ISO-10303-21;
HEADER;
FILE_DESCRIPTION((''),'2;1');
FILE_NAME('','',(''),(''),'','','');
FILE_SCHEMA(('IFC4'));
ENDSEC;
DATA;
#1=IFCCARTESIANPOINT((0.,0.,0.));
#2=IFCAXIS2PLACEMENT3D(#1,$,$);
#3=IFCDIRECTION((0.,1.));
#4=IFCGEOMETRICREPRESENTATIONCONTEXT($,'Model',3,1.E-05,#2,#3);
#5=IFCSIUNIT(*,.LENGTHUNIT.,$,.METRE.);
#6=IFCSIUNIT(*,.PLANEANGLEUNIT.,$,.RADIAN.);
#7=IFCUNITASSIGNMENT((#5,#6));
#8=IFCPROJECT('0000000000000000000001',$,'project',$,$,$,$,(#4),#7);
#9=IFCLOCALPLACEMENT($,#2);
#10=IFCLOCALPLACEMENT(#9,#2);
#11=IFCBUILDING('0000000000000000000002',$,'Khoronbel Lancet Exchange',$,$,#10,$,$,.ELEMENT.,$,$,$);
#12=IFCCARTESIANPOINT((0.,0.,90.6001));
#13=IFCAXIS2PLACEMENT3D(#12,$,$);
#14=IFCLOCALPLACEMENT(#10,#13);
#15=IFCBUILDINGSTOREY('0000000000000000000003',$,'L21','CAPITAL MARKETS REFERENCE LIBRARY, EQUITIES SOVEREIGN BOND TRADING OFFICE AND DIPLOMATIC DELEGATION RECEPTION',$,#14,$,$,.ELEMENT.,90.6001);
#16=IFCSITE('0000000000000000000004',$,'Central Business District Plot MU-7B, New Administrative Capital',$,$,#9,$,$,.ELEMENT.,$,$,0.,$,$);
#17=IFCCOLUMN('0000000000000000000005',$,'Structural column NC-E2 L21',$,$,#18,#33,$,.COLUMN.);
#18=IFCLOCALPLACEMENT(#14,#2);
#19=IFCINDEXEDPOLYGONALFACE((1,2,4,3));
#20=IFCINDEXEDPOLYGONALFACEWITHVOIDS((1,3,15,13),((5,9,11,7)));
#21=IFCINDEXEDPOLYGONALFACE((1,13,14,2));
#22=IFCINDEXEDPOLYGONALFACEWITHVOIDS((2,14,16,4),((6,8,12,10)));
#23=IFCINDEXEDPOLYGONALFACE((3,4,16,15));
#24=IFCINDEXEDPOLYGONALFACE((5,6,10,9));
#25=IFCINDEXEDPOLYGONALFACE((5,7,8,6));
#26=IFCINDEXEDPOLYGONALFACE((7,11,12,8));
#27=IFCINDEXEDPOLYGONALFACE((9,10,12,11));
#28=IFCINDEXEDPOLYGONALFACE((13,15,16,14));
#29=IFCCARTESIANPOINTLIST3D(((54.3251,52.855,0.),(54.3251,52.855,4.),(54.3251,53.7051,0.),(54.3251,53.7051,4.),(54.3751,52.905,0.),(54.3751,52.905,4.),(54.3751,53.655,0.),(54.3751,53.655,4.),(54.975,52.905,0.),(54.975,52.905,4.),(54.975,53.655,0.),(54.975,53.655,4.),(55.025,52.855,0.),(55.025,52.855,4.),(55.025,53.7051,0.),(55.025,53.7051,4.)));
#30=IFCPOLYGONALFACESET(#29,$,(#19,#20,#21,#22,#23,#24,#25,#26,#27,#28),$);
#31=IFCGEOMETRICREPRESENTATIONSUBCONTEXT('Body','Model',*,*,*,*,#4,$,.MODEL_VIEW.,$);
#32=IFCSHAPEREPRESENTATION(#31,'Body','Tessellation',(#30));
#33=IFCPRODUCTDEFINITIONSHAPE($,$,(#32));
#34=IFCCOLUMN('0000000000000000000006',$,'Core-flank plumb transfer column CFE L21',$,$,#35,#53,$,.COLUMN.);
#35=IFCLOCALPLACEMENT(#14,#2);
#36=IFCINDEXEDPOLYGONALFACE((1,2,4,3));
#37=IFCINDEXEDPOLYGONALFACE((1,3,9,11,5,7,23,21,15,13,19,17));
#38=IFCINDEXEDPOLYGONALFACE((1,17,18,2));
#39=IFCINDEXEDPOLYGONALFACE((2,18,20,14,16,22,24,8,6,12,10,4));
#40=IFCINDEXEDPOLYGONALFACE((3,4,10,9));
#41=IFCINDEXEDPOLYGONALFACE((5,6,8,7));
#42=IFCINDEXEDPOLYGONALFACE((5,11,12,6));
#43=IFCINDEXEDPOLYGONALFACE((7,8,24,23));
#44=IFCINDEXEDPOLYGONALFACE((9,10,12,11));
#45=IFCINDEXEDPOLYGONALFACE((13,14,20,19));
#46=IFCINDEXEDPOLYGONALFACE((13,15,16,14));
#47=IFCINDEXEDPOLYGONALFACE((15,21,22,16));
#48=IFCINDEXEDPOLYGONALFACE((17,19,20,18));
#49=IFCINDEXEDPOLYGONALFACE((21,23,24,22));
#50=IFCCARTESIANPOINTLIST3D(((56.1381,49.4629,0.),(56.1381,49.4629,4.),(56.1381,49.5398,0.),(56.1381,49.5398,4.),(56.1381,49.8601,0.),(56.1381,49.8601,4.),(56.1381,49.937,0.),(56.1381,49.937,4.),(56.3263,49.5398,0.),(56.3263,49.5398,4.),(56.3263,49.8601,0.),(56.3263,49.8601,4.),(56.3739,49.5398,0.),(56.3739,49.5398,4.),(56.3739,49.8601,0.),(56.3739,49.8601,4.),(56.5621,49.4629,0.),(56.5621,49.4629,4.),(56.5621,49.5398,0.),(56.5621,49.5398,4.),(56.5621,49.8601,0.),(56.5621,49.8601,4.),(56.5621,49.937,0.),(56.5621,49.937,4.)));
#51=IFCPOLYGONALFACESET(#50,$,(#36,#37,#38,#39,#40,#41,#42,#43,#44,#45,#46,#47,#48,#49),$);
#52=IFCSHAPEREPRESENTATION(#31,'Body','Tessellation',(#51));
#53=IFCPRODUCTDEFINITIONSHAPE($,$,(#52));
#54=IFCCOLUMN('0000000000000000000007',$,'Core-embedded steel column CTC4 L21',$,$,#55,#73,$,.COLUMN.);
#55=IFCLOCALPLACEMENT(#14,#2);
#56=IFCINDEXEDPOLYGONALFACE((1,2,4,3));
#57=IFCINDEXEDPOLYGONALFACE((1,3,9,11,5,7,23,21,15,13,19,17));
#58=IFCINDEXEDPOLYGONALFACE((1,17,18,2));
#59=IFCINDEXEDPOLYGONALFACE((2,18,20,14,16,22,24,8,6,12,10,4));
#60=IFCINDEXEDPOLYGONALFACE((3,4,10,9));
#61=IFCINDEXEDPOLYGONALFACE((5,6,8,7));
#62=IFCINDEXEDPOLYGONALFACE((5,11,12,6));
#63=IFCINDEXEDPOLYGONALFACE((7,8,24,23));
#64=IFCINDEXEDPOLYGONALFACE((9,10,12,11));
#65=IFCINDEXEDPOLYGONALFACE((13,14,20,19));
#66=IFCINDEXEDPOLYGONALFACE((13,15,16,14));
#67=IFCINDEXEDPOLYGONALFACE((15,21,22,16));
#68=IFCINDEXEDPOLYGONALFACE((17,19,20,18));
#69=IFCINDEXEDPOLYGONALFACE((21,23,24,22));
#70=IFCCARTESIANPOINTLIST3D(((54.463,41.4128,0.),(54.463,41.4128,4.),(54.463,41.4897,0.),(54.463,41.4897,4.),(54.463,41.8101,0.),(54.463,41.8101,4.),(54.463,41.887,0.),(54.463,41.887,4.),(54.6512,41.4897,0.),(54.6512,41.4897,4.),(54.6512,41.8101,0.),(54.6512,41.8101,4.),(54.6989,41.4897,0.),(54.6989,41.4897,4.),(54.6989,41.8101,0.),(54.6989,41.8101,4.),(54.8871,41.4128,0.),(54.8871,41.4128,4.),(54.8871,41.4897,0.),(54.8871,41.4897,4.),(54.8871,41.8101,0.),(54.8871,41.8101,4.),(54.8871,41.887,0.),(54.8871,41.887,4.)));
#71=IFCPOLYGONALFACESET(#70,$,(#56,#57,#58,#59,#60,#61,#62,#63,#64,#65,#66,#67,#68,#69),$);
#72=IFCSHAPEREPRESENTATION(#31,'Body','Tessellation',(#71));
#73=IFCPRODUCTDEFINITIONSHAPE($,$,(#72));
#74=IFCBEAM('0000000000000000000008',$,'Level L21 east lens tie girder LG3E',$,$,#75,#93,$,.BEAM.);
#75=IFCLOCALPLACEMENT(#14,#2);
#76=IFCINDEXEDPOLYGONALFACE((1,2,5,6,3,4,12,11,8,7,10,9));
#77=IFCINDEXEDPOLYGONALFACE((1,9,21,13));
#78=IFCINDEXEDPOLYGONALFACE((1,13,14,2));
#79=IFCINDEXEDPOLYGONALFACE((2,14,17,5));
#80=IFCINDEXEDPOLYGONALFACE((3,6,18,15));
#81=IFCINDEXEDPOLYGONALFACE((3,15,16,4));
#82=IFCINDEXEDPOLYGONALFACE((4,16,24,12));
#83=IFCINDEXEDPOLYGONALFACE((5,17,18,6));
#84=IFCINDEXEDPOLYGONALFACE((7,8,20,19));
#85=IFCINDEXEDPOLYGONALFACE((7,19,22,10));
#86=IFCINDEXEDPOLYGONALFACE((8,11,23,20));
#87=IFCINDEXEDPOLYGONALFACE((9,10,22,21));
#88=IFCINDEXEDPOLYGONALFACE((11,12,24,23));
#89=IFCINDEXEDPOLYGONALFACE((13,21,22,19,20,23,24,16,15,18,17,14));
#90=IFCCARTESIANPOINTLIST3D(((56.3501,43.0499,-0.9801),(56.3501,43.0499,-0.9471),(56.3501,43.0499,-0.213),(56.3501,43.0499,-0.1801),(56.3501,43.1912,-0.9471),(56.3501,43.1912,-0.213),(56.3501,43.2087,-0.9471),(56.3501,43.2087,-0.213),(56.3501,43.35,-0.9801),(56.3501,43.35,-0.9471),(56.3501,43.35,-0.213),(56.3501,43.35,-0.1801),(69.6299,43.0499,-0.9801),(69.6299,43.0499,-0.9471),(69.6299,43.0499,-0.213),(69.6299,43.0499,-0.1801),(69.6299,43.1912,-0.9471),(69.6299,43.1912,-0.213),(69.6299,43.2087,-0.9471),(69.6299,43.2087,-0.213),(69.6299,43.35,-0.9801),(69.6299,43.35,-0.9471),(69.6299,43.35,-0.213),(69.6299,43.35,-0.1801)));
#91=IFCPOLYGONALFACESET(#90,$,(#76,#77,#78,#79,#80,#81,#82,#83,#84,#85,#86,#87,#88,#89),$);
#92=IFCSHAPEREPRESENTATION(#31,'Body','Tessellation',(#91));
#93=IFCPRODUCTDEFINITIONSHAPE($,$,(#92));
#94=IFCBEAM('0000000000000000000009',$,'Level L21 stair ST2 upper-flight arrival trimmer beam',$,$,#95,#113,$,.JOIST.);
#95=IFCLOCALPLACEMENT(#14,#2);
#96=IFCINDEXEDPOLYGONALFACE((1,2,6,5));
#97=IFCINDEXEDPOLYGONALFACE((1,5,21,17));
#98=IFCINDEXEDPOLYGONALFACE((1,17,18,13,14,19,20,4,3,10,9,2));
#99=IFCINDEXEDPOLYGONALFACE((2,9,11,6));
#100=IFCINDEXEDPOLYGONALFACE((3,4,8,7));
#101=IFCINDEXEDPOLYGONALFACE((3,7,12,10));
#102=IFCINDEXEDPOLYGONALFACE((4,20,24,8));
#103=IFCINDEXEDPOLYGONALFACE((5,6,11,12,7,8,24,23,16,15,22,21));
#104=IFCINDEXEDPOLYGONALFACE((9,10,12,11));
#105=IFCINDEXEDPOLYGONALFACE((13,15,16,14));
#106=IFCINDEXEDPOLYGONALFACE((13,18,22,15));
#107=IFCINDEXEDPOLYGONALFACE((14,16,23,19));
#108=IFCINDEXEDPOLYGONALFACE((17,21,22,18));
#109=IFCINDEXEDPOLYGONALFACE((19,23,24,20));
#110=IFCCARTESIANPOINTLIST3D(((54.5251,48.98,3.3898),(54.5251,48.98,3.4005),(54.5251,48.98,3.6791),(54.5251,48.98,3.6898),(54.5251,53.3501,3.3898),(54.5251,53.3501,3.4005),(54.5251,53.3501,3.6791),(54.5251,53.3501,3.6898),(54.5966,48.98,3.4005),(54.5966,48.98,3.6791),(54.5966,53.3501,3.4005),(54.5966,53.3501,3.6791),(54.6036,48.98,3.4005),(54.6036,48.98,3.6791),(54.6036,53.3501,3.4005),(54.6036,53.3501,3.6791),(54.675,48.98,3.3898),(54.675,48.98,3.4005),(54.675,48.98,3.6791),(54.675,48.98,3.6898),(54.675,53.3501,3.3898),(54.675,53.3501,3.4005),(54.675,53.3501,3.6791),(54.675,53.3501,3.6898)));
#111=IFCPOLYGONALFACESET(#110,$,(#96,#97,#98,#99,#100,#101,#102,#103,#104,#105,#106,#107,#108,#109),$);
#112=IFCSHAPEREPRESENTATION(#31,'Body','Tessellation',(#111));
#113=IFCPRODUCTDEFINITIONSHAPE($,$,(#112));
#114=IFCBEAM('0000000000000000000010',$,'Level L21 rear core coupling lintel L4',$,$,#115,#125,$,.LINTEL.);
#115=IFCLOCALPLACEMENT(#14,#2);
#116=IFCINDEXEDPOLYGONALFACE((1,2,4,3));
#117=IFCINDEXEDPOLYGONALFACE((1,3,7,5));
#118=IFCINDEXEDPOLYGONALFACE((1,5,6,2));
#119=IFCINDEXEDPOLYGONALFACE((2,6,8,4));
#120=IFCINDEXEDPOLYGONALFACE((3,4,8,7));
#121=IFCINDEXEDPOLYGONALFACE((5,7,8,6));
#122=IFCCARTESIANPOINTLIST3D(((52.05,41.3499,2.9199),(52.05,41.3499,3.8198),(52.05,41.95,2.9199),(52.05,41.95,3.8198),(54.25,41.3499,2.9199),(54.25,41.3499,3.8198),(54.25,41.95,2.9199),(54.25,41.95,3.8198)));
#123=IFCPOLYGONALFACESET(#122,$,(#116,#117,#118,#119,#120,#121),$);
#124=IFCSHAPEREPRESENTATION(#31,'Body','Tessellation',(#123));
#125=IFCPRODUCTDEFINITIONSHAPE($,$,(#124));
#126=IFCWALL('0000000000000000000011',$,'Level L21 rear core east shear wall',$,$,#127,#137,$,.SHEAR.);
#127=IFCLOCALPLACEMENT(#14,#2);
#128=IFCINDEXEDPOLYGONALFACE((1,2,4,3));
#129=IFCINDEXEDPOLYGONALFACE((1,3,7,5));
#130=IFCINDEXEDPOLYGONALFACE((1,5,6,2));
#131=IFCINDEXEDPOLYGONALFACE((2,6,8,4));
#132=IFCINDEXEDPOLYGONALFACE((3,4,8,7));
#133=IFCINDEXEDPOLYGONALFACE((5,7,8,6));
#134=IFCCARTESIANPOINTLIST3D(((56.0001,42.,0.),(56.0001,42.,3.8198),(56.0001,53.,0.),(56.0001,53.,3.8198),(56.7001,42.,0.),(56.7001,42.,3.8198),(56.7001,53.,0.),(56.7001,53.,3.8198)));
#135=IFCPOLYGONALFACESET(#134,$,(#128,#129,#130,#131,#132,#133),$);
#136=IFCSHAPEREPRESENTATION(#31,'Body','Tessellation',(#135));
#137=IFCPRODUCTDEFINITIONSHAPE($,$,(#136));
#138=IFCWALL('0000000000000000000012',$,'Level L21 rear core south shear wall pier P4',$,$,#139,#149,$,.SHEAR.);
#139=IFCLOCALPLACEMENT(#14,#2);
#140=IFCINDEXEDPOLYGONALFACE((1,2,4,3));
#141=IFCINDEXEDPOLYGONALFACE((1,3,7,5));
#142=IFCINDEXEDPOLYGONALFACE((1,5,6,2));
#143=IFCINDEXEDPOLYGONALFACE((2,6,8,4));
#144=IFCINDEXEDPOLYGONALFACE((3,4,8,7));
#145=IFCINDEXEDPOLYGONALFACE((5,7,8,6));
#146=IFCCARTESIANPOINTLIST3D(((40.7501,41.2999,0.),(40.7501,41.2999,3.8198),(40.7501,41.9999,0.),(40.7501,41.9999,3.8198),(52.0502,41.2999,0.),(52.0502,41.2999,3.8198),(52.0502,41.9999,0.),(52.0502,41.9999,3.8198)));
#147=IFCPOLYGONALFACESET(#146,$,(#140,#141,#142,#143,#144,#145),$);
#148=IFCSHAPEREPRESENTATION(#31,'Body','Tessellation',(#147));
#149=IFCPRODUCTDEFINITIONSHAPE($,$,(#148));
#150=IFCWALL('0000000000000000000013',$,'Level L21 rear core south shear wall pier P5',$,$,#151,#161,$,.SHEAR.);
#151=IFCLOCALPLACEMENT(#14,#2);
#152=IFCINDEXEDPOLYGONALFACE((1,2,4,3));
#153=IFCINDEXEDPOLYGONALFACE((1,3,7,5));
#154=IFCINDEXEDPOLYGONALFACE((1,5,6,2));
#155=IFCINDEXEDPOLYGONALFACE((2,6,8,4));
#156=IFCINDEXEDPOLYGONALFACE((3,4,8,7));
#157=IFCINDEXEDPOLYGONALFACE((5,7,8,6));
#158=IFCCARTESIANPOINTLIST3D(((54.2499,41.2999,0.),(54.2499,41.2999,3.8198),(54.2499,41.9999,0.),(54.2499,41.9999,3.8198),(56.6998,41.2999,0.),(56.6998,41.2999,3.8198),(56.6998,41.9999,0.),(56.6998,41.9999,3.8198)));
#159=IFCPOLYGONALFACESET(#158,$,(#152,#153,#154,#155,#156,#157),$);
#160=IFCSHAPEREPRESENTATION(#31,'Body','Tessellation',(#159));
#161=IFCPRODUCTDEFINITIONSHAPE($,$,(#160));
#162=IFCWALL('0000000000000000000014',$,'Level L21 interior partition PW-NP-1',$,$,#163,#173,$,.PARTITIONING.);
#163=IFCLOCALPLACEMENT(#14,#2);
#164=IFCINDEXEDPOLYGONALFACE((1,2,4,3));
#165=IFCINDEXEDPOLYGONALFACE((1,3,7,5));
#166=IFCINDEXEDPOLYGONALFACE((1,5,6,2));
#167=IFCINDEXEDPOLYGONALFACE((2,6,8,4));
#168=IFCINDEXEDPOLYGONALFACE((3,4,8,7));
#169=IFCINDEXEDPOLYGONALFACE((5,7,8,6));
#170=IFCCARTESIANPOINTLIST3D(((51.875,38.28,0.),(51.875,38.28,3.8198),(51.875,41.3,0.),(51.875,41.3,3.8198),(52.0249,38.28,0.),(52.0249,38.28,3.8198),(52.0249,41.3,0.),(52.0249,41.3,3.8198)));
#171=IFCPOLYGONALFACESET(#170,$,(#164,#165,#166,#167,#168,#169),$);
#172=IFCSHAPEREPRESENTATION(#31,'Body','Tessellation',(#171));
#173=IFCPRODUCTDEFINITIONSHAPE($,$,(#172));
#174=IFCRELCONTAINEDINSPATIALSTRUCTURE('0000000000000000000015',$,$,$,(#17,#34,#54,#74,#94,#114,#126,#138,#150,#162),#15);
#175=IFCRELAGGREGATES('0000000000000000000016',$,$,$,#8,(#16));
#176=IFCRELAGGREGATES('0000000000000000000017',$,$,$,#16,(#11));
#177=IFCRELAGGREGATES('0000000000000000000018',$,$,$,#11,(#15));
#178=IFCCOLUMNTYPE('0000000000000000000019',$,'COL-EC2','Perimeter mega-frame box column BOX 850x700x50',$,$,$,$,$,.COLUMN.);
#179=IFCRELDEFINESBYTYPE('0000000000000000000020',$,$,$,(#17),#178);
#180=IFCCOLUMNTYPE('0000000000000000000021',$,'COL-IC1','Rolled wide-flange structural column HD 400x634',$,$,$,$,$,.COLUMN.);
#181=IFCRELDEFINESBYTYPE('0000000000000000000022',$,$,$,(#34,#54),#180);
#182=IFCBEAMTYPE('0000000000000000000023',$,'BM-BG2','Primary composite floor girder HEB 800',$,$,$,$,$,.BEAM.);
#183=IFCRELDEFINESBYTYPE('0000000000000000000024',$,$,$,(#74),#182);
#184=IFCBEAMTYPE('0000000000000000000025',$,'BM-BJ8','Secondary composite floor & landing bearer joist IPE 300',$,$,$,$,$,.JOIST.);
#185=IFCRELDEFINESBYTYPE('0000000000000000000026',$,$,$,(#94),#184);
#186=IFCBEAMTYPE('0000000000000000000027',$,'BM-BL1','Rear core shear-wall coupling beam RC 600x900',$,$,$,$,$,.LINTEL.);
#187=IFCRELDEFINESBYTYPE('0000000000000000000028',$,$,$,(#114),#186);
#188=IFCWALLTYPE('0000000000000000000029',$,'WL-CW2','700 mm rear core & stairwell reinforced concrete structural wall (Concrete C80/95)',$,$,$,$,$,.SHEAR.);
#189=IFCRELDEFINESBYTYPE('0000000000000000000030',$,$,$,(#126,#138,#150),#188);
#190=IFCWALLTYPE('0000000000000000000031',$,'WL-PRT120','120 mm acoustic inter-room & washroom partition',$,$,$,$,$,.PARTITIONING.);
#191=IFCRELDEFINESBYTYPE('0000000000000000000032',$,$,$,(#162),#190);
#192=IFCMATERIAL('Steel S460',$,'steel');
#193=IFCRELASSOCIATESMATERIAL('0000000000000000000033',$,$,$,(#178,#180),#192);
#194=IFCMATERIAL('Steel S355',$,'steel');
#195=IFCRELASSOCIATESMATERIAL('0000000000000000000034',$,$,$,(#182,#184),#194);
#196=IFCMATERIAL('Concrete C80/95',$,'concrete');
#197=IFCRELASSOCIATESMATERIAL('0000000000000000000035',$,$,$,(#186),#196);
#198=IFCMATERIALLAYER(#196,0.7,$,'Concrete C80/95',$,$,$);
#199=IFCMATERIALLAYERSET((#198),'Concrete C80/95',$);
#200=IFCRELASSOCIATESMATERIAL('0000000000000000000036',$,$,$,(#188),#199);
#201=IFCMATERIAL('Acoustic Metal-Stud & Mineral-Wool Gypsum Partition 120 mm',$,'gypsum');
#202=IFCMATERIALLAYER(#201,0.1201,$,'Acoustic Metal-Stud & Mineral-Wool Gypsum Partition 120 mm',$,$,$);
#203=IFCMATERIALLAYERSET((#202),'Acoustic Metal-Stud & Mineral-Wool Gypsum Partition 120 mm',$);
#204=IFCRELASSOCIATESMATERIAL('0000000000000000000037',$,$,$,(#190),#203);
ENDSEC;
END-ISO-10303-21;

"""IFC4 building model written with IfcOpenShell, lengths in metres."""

from ifc_helpers import new_model, si_unit, direction, frame, frame_2d, origin, origin_2d, place, context, subcontext, project, spatial, rectangle, hollow_rectangle, i_section, extrude, material, layer, layer_set, material_profile, profile_set, type_object, element, save


model = new_model("IFC4")

# Units and contexts
model_context = context("Model", 3, precision=1e-05, world=origin(), true_north=direction((0.0, 1.0)))
body_context = subcontext(model_context, "Body", "Model", "MODEL_VIEW")
ifc_project = project(units=[si_unit("LENGTHUNIT", "METRE"), si_unit("PLANEANGLEUNIT", "RADIAN")], contexts=[model_context])

# Site, building, storey
site_placement = place(None, origin())
site = spatial("IfcSite", under=ifc_project, at=site_placement, Name="Central Business District Plot MU-7B, New Administrative Capital", CompositionType="ELEMENT", RefElevation=0.0)
building_placement = place(site_placement, origin())
building = spatial("IfcBuilding", under=site, at=building_placement, Name="Khoronbel Lancet Exchange", CompositionType="ELEMENT")
storey_placement = place(building_placement, frame((0.0, 0.0, 90.6001)))
storey = spatial("IfcBuildingStorey", under=building, at=storey_placement, Name="L21", Description="CAPITAL MARKETS REFERENCE LIBRARY, EQUITIES SOVEREIGN BOND TRADING OFFICE AND DIPLOMATIC DELEGATION RECEPTION", CompositionType="ELEMENT", Elevation=90.6001)

# Columns
ifc_material_1 = material(Name="Steel S460", Category="steel")
ifc_material_profile_1 = material_profile(ifc_material_1, hollow_rectangle(XDim=0.7, YDim=0.8501, WallThickness=0.05, at=origin_2d()), Name="BOX 850x700x50")
ifc_profile_set_1 = profile_set([ifc_material_profile_1], Name="Steel S460")
column_type_1 = type_object("IfcColumnType", Name="COL-EC2", Description="Perimeter mega-frame box column BOX 850x700x50", PredefinedType="COLUMN", material=ifc_profile_set_1)
column_placement = place(storey_placement, frame((54.675, 53.28, 0.0), z_axis=(0.0, 0.0, 1.0), x_axis=(1.0, 0.0, 0.0)))
element("IfcColumn", 1, at=column_placement, inside=storey, type_object=column_type_1, Name="Structural column NC-E2 L21", PredefinedType="COLUMN", context=body_context, shape_type="SweptSolid", body=[
    extrude(hollow_rectangle(XDim=0.7, YDim=0.8501, WallThickness=0.05, at=origin_2d()), origin(), (0.0, 0.0, 1.0), 4.0),
])
ifc_material_profile_2 = material_profile(ifc_material_1, i_section(OverallWidth=0.4241, OverallDepth=0.4741, WebThickness=0.0476, FlangeThickness=0.0769, at=origin_2d()), Name="HD 400x634")
ifc_profile_set_2 = profile_set([ifc_material_profile_2], Name="Steel S460")
column_type_2 = type_object("IfcColumnType", Name="COL-IC1", Description="Rolled wide-flange structural column HD 400x634", PredefinedType="COLUMN", material=ifc_profile_set_2)
for number, where, z_axis, x_axis, name in (
    (2, (56.3501, 49.7, 0.0), (0.0, 0.0, 1.0), (1.0, 0.0, 0.0), "Core-flank plumb transfer column CFE L21"),
    (3, (54.675, 41.6499, 0.0), (0.0, 0.0, 1.0), (1.0, 0.0, 0.0), "Core-embedded steel column CTC4 L21"),
):
    element("IfcColumn", number, at=place(storey_placement, frame(where, z_axis=z_axis, x_axis=x_axis)), inside=storey, type_object=column_type_2, Name=name, PredefinedType="COLUMN", context=body_context, shape_type="SweptSolid", body=[
        extrude(i_section(OverallWidth=0.4241, OverallDepth=0.4741, WebThickness=0.0476, FlangeThickness=0.0769, at=origin_2d()), origin(), (0.0, 0.0, 1.0), 4.0),
    ])

# Beams
ifc_material_2 = material(Name="Steel S355", Category="steel")
ifc_material_profile_3 = material_profile(ifc_material_2, i_section(OverallWidth=0.3, OverallDepth=0.8, WebThickness=0.0176, FlangeThickness=0.033, at=origin_2d()), Name="HEB 800")
ifc_profile_set_3 = profile_set([ifc_material_profile_3], Name="Steel S355")
beam_type_1 = type_object("IfcBeamType", Name="BM-BG2", Description="Primary composite floor girder HEB 800", PredefinedType="BEAM", material=ifc_profile_set_3)
beam_1_placement = place(storey_placement, frame((56.3501, 43.2, -0.5801), z_axis=(1.0, 0.0, 0.0), x_axis=(0.0, 1.0, 0.0)))
element("IfcBeam", 4, at=beam_1_placement, inside=storey, type_object=beam_type_1, Name="Level L21 east lens tie girder LG3E", PredefinedType="BEAM", context=body_context, shape_type="SweptSolid", body=[
    extrude(i_section(OverallWidth=0.3, OverallDepth=0.8, WebThickness=0.0176, FlangeThickness=0.033, at=origin_2d()), origin(), (0.0, 0.0, 1.0), 13.2798),
])
ifc_material_profile_4 = material_profile(ifc_material_2, i_section(OverallWidth=0.1499, OverallDepth=0.3, WebThickness=0.0071, FlangeThickness=0.0107, at=origin_2d()), Name="IPE 300")
ifc_profile_set_4 = profile_set([ifc_material_profile_4], Name="Steel S355")
beam_type_2 = type_object("IfcBeamType", Name="BM-BJ8", Description="Secondary composite floor & landing bearer joist IPE 300", PredefinedType="JOIST", material=ifc_profile_set_4)
beam_2_placement = place(storey_placement, frame((54.6001, 48.98, 3.5398), z_axis=(0.0, 1.0, 0.0), x_axis=(-1.0, 0.0, 0.0)))
element("IfcBeam", 5, at=beam_2_placement, inside=storey, type_object=beam_type_2, Name="Level L21 stair ST2 upper-flight arrival trimmer beam", PredefinedType="JOIST", context=body_context, shape_type="SweptSolid", body=[
    extrude(i_section(OverallWidth=0.1499, OverallDepth=0.3, WebThickness=0.0071, FlangeThickness=0.0107, at=origin_2d()), origin(), (0.0, 0.0, 1.0), 4.3701),
])
ifc_material_3 = material(Name="Concrete C80/95", Category="concrete")
ifc_material_profile_5 = material_profile(ifc_material_3, rectangle(XDim=0.6001, YDim=0.8999, at=origin_2d()), Name="RC 600x900")
ifc_profile_set_5 = profile_set([ifc_material_profile_5], Name="Concrete C80/95")
beam_type_3 = type_object("IfcBeamType", Name="BM-BL1", Description="Rear core shear-wall coupling beam RC 600x900", PredefinedType="LINTEL", material=ifc_profile_set_5)
beam_3_placement = place(storey_placement, frame((52.05, 41.6499, 3.3699), z_axis=(1.0, 0.0, 0.0), x_axis=(0.0, 1.0, 0.0)))
element("IfcBeam", 6, at=beam_3_placement, inside=storey, type_object=beam_type_3, Name="Level L21 rear core coupling lintel L4", PredefinedType="LINTEL", context=body_context, shape_type="SweptSolid", body=[
    extrude(rectangle(XDim=0.6001, YDim=0.8999, at=origin_2d()), origin(), (0.0, 0.0, 1.0), 2.2),
])

# Walls
ifc_layer_1 = layer(ifc_material_3, 0.7, Name="Concrete C80/95")
ifc_layer_set_1 = layer_set([ifc_layer_1], Name="Concrete C80/95")
wall_type_1 = type_object("IfcWallType", Name="WL-CW2", Description="700 mm rear core & stairwell reinforced concrete structural wall (Concrete C80/95)", PredefinedType="SHEAR", material=ifc_layer_set_1)
wall_1_placement = place(storey_placement, frame((56.3501, 53.0, 0.0), z_axis=(0.0, 0.0, 1.0), x_axis=(0.0, -1.0, 0.0)))
element("IfcWall", 7, at=wall_1_placement, inside=storey, type_object=wall_type_1, Name="Level L21 rear core east shear wall", PredefinedType="SHEAR", context=body_context, shape_type="SweptSolid", body=[
    extrude(rectangle(XDim=11.0, YDim=0.7, at=frame_2d((5.5, 0.0))), origin(), (0.0, 0.0, 1.0), 3.8198),
])
wall_2_placement = place(storey_placement, frame((52.05, 41.6499, 0.0), z_axis=(0.0, 0.0, 1.0), x_axis=(-1.0, 0.0, 0.0)))
element("IfcWall", 8, at=wall_2_placement, inside=storey, type_object=wall_type_1, Name="Level L21 rear core south shear wall pier P4", PredefinedType="SHEAR", context=body_context, shape_type="SweptSolid", body=[
    extrude(rectangle(XDim=11.3, YDim=0.7, at=frame_2d((5.6499, 0.0))), origin(), (0.0, 0.0, 1.0), 3.8198),
])
wall_3_placement = place(storey_placement, frame((56.7, 41.6499, 0.0), z_axis=(0.0, 0.0, 1.0), x_axis=(-1.0, 0.0, 0.0)))
element("IfcWall", 9, at=wall_3_placement, inside=storey, type_object=wall_type_1, Name="Level L21 rear core south shear wall pier P5", PredefinedType="SHEAR", context=body_context, shape_type="SweptSolid", body=[
    extrude(rectangle(XDim=2.45, YDim=0.7, at=frame_2d((1.2251, 0.0))), origin(), (0.0, 0.0, 1.0), 3.8198),
])
ifc_material_4 = material(Name="Acoustic Metal-Stud & Mineral-Wool Gypsum Partition 120 mm", Category="gypsum")
ifc_layer_2 = layer(ifc_material_4, 0.1201, Name="Acoustic Metal-Stud & Mineral-Wool Gypsum Partition 120 mm")
ifc_layer_set_2 = layer_set([ifc_layer_2], Name="Acoustic Metal-Stud & Mineral-Wool Gypsum Partition 120 mm")
wall_type_2 = type_object("IfcWallType", Name="WL-PRT120", Description="120 mm acoustic inter-room & washroom partition", PredefinedType="PARTITIONING", material=ifc_layer_set_2)
wall_4_placement = place(storey_placement, frame((51.95, 38.28, 0.0), z_axis=(0.0, 0.0, 1.0), x_axis=(0.0, 1.0, 0.0)))
element("IfcWall", 10, at=wall_4_placement, inside=storey, type_object=wall_type_2, Name="Level L21 interior partition PW-NP-1", PredefinedType="PARTITIONING", context=body_context, shape_type="SweptSolid", body=[
    extrude(rectangle(XDim=3.02, YDim=0.1499, at=frame_2d((1.51, 0.0))), origin(), (0.0, 0.0, 1.0), 3.8198),
])

save(model, "model.ifc")
